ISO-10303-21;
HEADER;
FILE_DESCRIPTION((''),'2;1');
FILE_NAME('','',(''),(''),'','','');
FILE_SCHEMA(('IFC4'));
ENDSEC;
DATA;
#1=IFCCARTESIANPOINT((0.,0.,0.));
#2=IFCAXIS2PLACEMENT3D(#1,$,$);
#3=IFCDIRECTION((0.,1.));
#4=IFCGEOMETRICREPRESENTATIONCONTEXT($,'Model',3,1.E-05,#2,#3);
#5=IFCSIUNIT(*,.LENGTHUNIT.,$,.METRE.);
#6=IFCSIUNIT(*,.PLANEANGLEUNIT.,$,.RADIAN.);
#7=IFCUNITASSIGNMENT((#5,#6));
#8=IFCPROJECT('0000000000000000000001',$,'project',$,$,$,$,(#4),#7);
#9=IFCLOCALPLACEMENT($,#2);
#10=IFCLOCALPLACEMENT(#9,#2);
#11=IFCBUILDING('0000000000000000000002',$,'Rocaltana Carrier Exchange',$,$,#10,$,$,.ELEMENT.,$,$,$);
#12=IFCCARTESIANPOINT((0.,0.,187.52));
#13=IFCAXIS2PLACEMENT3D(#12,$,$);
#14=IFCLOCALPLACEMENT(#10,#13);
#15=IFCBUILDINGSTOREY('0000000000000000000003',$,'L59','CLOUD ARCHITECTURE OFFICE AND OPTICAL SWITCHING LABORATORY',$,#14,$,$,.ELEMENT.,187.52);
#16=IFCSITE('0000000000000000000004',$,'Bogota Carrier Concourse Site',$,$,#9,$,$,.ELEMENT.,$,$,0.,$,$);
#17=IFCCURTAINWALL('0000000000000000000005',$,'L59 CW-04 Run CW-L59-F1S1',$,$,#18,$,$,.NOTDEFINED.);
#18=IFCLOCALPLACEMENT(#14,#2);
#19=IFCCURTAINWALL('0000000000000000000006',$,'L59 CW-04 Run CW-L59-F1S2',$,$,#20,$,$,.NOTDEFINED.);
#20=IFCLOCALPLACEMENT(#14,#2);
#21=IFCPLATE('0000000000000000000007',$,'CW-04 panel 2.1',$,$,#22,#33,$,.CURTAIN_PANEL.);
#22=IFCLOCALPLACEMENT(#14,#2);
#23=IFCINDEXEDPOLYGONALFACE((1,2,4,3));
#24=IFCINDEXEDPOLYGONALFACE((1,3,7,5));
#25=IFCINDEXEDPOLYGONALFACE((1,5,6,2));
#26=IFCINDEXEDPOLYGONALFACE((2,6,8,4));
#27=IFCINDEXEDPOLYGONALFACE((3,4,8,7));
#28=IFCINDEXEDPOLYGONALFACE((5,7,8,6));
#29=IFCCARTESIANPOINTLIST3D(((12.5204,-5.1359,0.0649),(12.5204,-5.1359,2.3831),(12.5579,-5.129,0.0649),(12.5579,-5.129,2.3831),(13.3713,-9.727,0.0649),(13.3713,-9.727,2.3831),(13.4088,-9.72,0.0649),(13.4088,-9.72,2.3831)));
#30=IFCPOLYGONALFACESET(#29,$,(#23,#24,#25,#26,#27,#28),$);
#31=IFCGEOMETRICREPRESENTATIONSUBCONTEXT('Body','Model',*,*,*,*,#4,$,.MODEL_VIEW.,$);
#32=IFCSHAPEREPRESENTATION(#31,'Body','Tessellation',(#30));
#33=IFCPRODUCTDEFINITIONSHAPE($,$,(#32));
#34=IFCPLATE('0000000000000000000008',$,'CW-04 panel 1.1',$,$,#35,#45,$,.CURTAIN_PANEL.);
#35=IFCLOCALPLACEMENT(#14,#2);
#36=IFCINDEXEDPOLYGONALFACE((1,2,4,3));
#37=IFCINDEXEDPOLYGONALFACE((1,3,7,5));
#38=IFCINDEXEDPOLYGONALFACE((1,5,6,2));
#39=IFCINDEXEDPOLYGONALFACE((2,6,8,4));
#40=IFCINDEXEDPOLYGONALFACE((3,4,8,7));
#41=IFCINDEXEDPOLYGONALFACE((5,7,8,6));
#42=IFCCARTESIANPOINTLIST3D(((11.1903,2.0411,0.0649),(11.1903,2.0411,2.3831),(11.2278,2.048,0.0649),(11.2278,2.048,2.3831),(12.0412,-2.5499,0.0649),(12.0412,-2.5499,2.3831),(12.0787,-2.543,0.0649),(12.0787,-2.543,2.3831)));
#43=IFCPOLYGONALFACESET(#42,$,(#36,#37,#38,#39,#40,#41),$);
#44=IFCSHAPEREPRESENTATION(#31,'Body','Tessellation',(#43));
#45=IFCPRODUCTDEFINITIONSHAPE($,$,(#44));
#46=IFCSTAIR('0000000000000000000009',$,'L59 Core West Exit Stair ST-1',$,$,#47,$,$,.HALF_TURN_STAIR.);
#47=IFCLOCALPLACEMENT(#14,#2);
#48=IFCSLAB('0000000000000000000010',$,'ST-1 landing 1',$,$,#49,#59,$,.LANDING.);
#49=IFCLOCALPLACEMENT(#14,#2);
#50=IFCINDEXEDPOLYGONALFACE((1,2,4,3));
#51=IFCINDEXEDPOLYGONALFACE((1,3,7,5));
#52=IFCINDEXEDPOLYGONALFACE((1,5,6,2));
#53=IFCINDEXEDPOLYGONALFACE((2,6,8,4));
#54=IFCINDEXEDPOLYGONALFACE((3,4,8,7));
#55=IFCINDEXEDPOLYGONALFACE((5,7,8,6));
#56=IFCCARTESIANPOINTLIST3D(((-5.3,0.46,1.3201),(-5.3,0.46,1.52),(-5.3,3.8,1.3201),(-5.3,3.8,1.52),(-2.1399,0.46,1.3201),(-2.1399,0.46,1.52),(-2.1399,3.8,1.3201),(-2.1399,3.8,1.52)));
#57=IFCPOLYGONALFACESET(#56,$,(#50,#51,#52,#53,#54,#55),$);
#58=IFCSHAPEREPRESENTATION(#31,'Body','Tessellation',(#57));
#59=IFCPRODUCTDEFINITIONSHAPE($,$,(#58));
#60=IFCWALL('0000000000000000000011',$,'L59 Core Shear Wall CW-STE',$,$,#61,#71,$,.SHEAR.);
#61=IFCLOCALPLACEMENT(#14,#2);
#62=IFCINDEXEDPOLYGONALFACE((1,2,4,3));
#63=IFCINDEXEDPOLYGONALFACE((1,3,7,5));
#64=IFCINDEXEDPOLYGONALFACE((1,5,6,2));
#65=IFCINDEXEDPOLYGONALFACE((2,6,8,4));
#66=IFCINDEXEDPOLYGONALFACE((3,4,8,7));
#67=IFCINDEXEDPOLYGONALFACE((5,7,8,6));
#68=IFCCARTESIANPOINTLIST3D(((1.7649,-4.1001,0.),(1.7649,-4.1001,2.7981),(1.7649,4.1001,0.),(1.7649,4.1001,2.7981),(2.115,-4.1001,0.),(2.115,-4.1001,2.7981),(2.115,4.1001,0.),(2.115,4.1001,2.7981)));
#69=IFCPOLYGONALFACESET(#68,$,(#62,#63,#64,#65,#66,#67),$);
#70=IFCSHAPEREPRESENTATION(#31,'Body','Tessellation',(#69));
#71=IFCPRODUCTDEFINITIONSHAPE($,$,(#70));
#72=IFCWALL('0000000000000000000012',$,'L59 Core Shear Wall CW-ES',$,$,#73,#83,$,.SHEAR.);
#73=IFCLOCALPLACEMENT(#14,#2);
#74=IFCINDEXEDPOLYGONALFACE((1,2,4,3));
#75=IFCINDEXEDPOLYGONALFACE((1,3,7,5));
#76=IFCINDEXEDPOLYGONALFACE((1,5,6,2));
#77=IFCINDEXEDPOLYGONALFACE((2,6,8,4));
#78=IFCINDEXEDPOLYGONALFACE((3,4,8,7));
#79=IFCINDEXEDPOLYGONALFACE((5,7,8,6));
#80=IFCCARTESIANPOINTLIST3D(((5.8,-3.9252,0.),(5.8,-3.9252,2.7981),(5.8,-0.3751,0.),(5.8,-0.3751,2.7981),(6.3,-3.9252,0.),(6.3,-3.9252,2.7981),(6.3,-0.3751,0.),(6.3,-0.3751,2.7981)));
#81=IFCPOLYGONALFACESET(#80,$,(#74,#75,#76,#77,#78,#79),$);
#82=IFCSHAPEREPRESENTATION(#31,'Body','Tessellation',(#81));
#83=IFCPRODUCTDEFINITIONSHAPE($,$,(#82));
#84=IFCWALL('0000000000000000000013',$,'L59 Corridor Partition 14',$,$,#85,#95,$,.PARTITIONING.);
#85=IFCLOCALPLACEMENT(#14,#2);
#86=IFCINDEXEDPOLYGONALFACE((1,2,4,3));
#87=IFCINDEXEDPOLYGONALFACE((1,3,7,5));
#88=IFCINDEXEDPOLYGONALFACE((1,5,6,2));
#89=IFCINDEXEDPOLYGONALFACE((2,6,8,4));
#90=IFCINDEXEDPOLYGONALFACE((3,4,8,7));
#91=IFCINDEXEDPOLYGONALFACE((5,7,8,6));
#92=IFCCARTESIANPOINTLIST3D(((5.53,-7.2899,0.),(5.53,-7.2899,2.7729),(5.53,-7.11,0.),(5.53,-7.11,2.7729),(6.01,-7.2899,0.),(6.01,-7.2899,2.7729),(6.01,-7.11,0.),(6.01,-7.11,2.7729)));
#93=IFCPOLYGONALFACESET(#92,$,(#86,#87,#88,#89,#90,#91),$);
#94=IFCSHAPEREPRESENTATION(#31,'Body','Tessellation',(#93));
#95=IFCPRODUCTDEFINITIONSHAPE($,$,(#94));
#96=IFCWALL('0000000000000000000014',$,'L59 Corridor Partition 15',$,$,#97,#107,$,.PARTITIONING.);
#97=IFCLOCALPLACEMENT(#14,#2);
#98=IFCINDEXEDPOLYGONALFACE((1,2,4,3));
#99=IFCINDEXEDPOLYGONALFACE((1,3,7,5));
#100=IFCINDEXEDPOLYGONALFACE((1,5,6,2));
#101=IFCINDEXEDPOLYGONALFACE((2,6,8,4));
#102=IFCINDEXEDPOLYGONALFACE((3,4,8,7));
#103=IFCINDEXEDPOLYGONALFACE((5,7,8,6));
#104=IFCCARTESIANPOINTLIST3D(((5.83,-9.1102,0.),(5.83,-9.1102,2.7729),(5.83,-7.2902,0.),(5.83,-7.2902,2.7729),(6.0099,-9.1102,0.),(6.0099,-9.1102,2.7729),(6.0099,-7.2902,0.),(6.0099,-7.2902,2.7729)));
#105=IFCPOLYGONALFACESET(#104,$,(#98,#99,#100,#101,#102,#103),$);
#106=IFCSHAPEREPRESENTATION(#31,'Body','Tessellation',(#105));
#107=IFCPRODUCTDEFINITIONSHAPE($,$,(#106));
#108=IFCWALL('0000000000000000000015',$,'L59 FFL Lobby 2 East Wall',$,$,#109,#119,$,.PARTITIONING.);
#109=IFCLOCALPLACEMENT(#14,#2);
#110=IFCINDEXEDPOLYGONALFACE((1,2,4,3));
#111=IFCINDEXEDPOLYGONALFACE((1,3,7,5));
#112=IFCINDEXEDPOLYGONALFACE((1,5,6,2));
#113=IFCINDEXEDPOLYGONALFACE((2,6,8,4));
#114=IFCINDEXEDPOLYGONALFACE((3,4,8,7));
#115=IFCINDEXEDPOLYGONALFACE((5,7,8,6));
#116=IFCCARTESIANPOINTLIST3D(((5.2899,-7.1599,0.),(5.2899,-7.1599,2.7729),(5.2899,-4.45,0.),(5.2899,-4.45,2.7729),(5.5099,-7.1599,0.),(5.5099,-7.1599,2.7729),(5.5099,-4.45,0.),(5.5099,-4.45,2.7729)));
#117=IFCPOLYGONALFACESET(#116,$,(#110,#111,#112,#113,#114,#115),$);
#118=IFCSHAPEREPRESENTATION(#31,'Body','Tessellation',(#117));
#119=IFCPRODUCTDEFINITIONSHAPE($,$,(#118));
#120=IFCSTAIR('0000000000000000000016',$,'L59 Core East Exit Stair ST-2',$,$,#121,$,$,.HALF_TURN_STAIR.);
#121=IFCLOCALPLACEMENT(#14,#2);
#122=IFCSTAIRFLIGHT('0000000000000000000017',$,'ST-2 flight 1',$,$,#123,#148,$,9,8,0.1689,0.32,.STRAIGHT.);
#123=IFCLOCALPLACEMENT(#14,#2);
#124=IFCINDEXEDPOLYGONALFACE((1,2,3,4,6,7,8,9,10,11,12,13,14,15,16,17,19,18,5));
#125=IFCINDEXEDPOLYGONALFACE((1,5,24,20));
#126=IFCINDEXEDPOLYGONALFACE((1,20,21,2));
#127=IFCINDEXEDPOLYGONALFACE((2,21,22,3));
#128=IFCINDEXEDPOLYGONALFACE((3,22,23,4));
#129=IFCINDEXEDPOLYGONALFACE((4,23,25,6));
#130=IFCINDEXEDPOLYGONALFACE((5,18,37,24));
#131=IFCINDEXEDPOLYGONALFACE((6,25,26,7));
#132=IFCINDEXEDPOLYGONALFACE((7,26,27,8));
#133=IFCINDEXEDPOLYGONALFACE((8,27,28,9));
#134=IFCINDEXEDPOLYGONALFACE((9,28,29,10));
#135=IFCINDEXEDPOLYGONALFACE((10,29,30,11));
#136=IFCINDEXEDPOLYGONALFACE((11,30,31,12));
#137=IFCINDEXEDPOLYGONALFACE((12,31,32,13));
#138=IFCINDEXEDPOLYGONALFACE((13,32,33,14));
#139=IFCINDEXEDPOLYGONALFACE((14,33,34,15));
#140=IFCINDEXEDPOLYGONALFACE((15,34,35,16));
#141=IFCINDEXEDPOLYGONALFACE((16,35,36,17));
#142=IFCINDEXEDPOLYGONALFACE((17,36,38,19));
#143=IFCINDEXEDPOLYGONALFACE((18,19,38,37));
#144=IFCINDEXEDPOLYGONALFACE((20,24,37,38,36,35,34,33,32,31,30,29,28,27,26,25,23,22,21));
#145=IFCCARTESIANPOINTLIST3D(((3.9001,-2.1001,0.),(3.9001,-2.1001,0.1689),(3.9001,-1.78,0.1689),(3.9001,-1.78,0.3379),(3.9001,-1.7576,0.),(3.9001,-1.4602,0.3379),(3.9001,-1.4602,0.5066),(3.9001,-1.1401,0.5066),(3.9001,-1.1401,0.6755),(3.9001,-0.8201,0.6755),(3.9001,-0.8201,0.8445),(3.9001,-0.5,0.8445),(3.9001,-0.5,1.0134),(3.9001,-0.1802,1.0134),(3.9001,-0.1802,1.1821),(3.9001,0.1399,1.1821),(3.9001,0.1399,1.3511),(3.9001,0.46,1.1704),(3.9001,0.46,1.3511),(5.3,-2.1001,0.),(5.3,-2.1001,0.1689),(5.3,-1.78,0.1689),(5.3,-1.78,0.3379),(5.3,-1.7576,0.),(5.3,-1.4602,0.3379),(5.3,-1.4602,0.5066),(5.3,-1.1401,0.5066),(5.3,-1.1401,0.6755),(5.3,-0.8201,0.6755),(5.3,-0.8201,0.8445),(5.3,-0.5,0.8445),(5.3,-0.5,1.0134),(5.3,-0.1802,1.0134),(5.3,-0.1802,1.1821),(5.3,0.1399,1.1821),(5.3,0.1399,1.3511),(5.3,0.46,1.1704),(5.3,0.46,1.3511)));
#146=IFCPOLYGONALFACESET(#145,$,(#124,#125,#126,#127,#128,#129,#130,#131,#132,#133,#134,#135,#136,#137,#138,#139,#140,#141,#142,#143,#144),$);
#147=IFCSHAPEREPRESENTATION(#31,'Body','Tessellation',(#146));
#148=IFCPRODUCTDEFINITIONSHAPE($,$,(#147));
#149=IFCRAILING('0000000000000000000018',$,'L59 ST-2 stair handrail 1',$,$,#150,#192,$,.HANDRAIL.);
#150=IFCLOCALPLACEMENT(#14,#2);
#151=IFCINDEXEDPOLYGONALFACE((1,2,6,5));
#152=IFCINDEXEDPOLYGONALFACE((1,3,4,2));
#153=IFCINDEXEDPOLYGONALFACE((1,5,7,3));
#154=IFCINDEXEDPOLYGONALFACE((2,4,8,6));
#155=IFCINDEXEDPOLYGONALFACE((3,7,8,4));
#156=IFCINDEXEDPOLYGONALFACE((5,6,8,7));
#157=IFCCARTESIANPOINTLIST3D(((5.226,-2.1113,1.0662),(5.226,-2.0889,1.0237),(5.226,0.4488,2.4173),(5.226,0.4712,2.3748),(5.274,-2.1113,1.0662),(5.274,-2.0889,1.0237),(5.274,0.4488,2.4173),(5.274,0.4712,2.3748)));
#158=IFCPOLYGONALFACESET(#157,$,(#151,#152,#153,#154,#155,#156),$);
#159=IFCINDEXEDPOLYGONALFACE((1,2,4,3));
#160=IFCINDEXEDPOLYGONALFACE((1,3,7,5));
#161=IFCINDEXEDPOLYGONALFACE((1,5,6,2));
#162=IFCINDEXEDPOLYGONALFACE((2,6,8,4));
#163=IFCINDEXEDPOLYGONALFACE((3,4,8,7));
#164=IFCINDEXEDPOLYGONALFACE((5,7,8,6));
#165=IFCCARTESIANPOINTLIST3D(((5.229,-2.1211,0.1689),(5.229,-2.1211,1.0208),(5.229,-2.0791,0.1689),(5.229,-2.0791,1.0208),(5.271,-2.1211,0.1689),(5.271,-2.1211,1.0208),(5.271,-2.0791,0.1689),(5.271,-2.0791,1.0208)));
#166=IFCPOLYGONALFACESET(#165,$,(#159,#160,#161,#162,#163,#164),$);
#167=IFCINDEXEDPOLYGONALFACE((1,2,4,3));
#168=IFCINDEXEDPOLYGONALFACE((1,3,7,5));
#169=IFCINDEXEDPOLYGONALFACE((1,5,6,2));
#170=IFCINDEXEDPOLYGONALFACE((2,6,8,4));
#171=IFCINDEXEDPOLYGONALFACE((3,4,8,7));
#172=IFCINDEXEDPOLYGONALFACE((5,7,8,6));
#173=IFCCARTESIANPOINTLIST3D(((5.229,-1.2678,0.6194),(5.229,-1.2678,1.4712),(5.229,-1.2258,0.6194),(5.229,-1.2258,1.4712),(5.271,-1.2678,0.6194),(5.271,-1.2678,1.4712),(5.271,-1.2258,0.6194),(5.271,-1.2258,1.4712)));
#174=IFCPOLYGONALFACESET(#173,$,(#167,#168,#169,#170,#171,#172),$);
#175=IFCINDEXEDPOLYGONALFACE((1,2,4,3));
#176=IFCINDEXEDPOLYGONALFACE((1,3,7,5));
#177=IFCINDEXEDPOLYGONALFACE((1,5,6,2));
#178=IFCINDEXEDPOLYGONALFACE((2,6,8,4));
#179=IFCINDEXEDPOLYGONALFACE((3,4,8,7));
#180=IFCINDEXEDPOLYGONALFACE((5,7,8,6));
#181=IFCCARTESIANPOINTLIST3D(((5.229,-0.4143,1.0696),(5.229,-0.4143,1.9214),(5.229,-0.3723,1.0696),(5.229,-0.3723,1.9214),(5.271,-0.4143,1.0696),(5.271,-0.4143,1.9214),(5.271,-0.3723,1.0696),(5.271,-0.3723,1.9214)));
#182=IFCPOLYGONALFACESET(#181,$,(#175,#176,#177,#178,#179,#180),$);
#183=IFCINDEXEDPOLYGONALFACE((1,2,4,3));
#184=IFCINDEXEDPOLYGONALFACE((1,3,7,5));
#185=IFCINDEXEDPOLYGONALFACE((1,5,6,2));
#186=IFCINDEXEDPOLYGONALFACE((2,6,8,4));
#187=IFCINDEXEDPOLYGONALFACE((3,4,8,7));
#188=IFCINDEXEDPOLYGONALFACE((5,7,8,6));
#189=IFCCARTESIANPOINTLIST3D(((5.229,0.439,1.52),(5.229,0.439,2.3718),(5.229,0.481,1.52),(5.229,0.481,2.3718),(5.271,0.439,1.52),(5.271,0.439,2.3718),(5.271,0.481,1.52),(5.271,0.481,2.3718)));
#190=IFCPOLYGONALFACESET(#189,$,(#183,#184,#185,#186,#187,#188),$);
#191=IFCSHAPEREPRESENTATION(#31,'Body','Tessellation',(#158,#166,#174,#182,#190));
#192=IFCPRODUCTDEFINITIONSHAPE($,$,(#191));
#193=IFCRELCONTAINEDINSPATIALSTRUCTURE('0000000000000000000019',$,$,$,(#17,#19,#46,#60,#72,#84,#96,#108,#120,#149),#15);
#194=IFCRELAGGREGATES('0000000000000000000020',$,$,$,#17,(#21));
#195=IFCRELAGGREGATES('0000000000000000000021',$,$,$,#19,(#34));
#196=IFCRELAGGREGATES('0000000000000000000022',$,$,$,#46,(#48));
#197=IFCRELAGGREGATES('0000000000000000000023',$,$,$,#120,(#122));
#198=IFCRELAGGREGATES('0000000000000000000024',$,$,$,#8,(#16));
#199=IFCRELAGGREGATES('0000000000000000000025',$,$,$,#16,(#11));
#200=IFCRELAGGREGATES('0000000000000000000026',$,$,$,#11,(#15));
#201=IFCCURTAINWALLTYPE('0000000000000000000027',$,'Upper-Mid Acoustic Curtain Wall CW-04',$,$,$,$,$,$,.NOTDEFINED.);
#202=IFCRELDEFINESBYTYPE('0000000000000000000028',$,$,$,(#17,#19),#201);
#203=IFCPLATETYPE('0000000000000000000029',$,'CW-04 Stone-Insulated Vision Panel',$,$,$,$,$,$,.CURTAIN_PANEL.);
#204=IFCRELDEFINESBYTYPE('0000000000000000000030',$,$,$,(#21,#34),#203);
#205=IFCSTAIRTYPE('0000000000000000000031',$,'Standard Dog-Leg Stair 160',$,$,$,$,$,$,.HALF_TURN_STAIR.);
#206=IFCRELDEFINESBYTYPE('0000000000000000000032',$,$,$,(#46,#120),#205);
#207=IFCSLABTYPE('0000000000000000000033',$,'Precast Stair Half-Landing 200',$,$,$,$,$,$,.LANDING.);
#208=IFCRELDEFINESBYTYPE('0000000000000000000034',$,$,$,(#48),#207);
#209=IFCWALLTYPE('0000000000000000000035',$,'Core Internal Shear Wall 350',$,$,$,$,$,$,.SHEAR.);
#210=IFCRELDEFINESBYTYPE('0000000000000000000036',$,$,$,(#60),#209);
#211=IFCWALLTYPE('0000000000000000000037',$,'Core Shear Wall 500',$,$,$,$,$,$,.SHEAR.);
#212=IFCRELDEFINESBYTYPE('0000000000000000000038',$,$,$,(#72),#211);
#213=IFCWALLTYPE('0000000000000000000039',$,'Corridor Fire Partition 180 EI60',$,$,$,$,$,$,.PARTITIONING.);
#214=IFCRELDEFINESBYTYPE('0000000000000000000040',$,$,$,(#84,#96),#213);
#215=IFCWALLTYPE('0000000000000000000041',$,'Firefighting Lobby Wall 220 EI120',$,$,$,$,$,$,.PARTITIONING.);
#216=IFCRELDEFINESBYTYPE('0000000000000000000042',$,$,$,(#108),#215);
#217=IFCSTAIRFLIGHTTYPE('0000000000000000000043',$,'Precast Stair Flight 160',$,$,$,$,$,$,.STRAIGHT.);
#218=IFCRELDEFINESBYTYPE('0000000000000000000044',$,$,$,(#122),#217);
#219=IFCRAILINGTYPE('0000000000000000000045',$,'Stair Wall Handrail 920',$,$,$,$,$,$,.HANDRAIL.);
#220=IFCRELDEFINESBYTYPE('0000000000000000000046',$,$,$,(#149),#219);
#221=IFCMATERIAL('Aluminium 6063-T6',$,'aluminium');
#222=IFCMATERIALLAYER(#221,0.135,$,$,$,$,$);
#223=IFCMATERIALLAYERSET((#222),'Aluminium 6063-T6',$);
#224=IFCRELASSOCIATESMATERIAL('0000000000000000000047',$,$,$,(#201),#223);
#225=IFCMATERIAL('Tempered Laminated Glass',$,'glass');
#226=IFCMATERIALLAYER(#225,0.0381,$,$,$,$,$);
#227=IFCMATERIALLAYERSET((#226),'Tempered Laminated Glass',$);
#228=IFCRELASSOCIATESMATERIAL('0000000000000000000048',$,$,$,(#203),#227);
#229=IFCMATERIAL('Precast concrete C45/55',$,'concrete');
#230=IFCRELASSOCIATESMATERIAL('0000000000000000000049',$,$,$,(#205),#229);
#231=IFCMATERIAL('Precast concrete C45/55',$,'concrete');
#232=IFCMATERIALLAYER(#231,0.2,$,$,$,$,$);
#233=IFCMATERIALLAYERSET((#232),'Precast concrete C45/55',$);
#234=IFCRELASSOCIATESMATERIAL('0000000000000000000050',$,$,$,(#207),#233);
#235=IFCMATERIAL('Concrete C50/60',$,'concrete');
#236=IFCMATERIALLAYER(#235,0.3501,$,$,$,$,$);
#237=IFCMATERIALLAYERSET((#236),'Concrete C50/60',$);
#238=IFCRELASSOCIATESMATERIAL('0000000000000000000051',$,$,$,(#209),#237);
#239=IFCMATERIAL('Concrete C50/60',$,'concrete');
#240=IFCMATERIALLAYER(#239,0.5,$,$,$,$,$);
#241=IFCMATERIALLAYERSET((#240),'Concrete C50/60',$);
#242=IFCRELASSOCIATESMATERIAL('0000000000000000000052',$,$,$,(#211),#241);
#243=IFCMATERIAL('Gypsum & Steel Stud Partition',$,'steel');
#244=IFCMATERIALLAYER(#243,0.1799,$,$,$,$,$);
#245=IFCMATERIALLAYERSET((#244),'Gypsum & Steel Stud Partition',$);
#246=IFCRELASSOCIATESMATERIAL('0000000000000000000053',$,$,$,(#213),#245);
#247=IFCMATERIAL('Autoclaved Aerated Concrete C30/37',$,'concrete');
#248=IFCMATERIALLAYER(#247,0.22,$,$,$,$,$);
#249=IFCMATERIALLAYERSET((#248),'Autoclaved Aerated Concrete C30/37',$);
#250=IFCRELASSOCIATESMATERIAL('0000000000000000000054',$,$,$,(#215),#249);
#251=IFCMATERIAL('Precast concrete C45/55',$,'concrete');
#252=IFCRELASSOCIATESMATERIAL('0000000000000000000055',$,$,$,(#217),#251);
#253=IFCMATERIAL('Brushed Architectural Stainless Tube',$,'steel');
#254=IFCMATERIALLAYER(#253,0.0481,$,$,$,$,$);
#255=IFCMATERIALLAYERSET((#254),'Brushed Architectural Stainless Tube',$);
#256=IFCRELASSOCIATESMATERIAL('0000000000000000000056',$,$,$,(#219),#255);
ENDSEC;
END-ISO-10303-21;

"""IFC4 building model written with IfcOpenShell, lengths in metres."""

from ifc_helpers import new_model, si_unit, direction, frame, frame_2d, origin, origin_2d, place, context, subcontext, project, spatial, polyline, rectangle, outline, extrude, material, layer, layer_set, type_object, element, aggregate, save


model = new_model("IFC4")

# Units and contexts
model_context = context("Model", 3, precision=1e-05, world=origin(), true_north=direction((0.0, 1.0)))
body_context = subcontext(model_context, "Body", "Model", "MODEL_VIEW")
ifc_project = project(units=[si_unit("LENGTHUNIT", "METRE"), si_unit("PLANEANGLEUNIT", "RADIAN")], contexts=[model_context])

# Site, building, storey
site_placement = place(None, origin())
site = spatial("IfcSite", under=ifc_project, at=site_placement, Name="Bogota Carrier Concourse Site", CompositionType="ELEMENT", RefElevation=0.0)
building_placement = place(site_placement, origin())
building = spatial("IfcBuilding", under=site, at=building_placement, Name="Rocaltana Carrier Exchange", CompositionType="ELEMENT")
storey_placement = place(building_placement, frame((0.0, 0.0, 187.52)))
storey = spatial("IfcBuildingStorey", under=building, at=storey_placement, Name="L59", Description="CLOUD ARCHITECTURE OFFICE AND OPTICAL SWITCHING LABORATORY", CompositionType="ELEMENT", Elevation=187.52)

# Curtain wall
ifc_material_1 = material(Name="Aluminium 6063-T6", Category="aluminium")
ifc_layer_1 = layer(ifc_material_1, 0.135)
ifc_layer_set_1 = layer_set([ifc_layer_1], Name="Aluminium 6063-T6")
curtain_wall_type = type_object("IfcCurtainWallType", Name="Upper-Mid Acoustic Curtain Wall CW-04", PredefinedType="NOTDEFINED", material=ifc_layer_set_1)
curtain_wall_1_placement = place(storey_placement, origin())
curtain_wall_1 = element("IfcCurtainWall", 1, at=curtain_wall_1_placement, inside=storey, type_object=curtain_wall_type, Name="L59 CW-04 Run CW-L59-F1S1", PredefinedType="NOTDEFINED")

# Curtain wall
curtain_wall_2_placement = place(storey_placement, origin())
curtain_wall_2 = element("IfcCurtainWall", 2, at=curtain_wall_2_placement, inside=storey, type_object=curtain_wall_type, Name="L59 CW-04 Run CW-L59-F1S2", PredefinedType="NOTDEFINED")

# Plates
ifc_material_2 = material(Name="Tempered Laminated Glass", Category="glass")
ifc_layer_2 = layer(ifc_material_2, 0.0381)
ifc_layer_set_2 = layer_set([ifc_layer_2], Name="Tempered Laminated Glass")
plate_type = type_object("IfcPlateType", Name="CW-04 Stone-Insulated Vision Panel", PredefinedType="CURTAIN_PANEL", material=ifc_layer_set_2)
plate_1_placement = place(storey_placement, frame((12.9646, -7.428, 0.0649), z_axis=(0.0, 0.0, 1.0), x_axis=(-0.182234, 0.983255, 0.0)))
plate_1 = element("IfcPlate", 3, at=plate_1_placement, type_object=plate_type, Name="CW-04 panel 2.1", PredefinedType="CURTAIN_PANEL", context=body_context, shape_type="SweptSolid", body=[
    extrude(rectangle(XDim=4.6692, YDim=0.0381, at=origin_2d()), origin(), (0.0, 0.0, 1.0), 2.3181),
])
aggregate(curtain_wall_1, [plate_1])
plate_2_placement = place(storey_placement, frame((11.6345, -0.251, 0.0649), z_axis=(0.0, 0.0, 1.0), x_axis=(-0.182236, 0.983255, 0.0)))
plate_2 = element("IfcPlate", 4, at=plate_2_placement, type_object=plate_type, Name="CW-04 panel 1.1", PredefinedType="CURTAIN_PANEL", context=body_context, shape_type="SweptSolid", body=[
    extrude(rectangle(XDim=4.6692, YDim=0.0381, at=origin_2d()), origin(), (0.0, 0.0, 1.0), 2.3181),
])
aggregate(curtain_wall_2, [plate_2])

# Stair, slab
ifc_material_3 = material(Name="Precast concrete C45/55", Category="concrete")
stair_type = type_object("IfcStairType", Name="Standard Dog-Leg Stair 160", PredefinedType="HALF_TURN_STAIR", material=ifc_material_3)
stair_1_placement = place(storey_placement, origin())
stair_1 = element("IfcStair", 5, at=stair_1_placement, inside=storey, type_object=stair_type, Name="L59 Core West Exit Stair ST-1", PredefinedType="HALF_TURN_STAIR")
ifc_material_4 = material(Name="Precast concrete C45/55", Category="concrete")
ifc_layer_3 = layer(ifc_material_4, 0.2)
ifc_layer_set_3 = layer_set([ifc_layer_3], Name="Precast concrete C45/55")
slab_type = type_object("IfcSlabType", Name="Precast Stair Half-Landing 200", PredefinedType="LANDING", material=ifc_layer_set_3)
slab_placement = place(storey_placement, frame((0.0, 0.0, 1.3201)))
slab = element("IfcSlab", 6, at=slab_placement, type_object=slab_type, Name="ST-1 landing 1", PredefinedType="LANDING", context=body_context, shape_type="SweptSolid", body=[
    extrude(outline(polyline([(-2.1399, 0.46), (-2.1399, 3.8), (-5.3, 3.8), (-5.3, 0.46), (-2.1399, 0.46)])), origin(), (0.0, 0.0, 1.0), 0.2),
])
aggregate(stair_1, [slab])

# Walls
ifc_material_5 = material(Name="Concrete C50/60", Category="concrete")
ifc_layer_4 = layer(ifc_material_5, 0.3501)
ifc_layer_set_4 = layer_set([ifc_layer_4], Name="Concrete C50/60")
wall_type_1 = type_object("IfcWallType", Name="Core Internal Shear Wall 350", PredefinedType="SHEAR", material=ifc_layer_set_4)
wall_1_placement = place(storey_placement, frame((1.9399, -4.1001, 0.0), z_axis=(0.0, 0.0, 1.0), x_axis=(0.0, 1.0, 0.0)))
element("IfcWall", 7, at=wall_1_placement, inside=storey, type_object=wall_type_1, Name="L59 Core Shear Wall CW-STE", PredefinedType="SHEAR", context=body_context, shape_type="SweptSolid", body=[
    extrude(rectangle(XDim=8.2002, YDim=0.3501, at=frame_2d((4.1001, 0.0))), origin(), (0.0, 0.0, 1.0), 2.7981),
])
ifc_material_6 = material(Name="Concrete C50/60", Category="concrete")
ifc_layer_5 = layer(ifc_material_6, 0.5)
ifc_layer_set_5 = layer_set([ifc_layer_5], Name="Concrete C50/60")
wall_type_2 = type_object("IfcWallType", Name="Core Shear Wall 500", PredefinedType="SHEAR", material=ifc_layer_set_5)
wall_2_placement = place(storey_placement, frame((6.05, -3.925, 0.0), z_axis=(0.0, 0.0, 1.0), x_axis=(0.0, 1.0, 0.0)))
element("IfcWall", 8, at=wall_2_placement, inside=storey, type_object=wall_type_2, Name="L59 Core Shear Wall CW-ES", PredefinedType="SHEAR", context=body_context, shape_type="SweptSolid", body=[
    extrude(rectangle(XDim=3.55, YDim=0.5, at=frame_2d((1.7749, 0.0))), origin(), (0.0, 0.0, 1.0), 2.7981),
])
ifc_material_7 = material(Name="Gypsum & Steel Stud Partition", Category="steel")
ifc_layer_6 = layer(ifc_material_7, 0.1799)
ifc_layer_set_6 = layer_set([ifc_layer_6], Name="Gypsum & Steel Stud Partition")
wall_type_3 = type_object("IfcWallType", Name="Corridor Fire Partition 180 EI60", PredefinedType="PARTITIONING", material=ifc_layer_set_6)
wall_3_placement = place(storey_placement, frame((5.53, -7.2, 0.0), z_axis=(0.0, 0.0, 1.0), x_axis=(1.0, 0.0, 0.0)))
element("IfcWall", 9, at=wall_3_placement, inside=storey, type_object=wall_type_3, Name="L59 Corridor Partition 14", PredefinedType="PARTITIONING", context=body_context, shape_type="SweptSolid", body=[
    extrude(rectangle(XDim=0.48, YDim=0.1799, at=frame_2d((0.24, 0.0))), origin(), (0.0, 0.0, 1.0), 2.7729),
])
wall_4_placement = place(storey_placement, frame((5.9199, -7.29, 0.0), z_axis=(0.0, 0.0, 1.0), x_axis=(0.0, -1.0, 0.0)))
element("IfcWall", 10, at=wall_4_placement, inside=storey, type_object=wall_type_3, Name="L59 Corridor Partition 15", PredefinedType="PARTITIONING", context=body_context, shape_type="SweptSolid", body=[
    extrude(rectangle(XDim=1.8201, YDim=0.1799, at=frame_2d((0.9102, 0.0))), origin(), (0.0, 0.0, 1.0), 2.7729),
])
ifc_material_8 = material(Name="Autoclaved Aerated Concrete C30/37", Category="concrete")
ifc_layer_7 = layer(ifc_material_8, 0.22)
ifc_layer_set_7 = layer_set([ifc_layer_7], Name="Autoclaved Aerated Concrete C30/37")
wall_type_4 = type_object("IfcWallType", Name="Firefighting Lobby Wall 220 EI120", PredefinedType="PARTITIONING", material=ifc_layer_set_7)
wall_5_placement = place(storey_placement, frame((5.3999, -7.1599, 0.0), z_axis=(0.0, 0.0, 1.0), x_axis=(0.0, 1.0, 0.0)))
element("IfcWall", 11, at=wall_5_placement, inside=storey, type_object=wall_type_4, Name="L59 FFL Lobby 2 East Wall", PredefinedType="PARTITIONING", context=body_context, shape_type="SweptSolid", body=[
    extrude(rectangle(XDim=2.71, YDim=0.22, at=frame_2d((1.355, 0.0))), origin(), (0.0, 0.0, 1.0), 2.7729),
])

# Stair, stair flight
stair_2_placement = place(storey_placement, origin())
stair_2 = element("IfcStair", 12, at=stair_2_placement, inside=storey, type_object=stair_type, Name="L59 Core East Exit Stair ST-2", PredefinedType="HALF_TURN_STAIR")
ifc_material_9 = material(Name="Precast concrete C45/55", Category="concrete")
stair_flight_type = type_object("IfcStairFlightType", Name="Precast Stair Flight 160", PredefinedType="STRAIGHT", material=ifc_material_9)
stair_flight_placement = place(storey_placement, frame((4.6001, -2.1001, 0.0), z_axis=(0.0, 0.0, 1.0), x_axis=(0.0, 1.0, 0.0)))
stair_flight = element("IfcStairFlight", 13, at=stair_flight_placement, type_object=stair_flight_type, Name="ST-2 flight 1", NumberOfRisers=9, NumberOfTreads=8, PredefinedType="STRAIGHT", RiserHeight=0.1689, TreadLength=0.32, context=body_context, shape_type="SweptSolid", body=[
    extrude(outline(polyline([(0.0, 0.0), (0.0, 0.1689), (0.3201, 0.1689), (0.3201, 0.3379), (0.6399, 0.3379), (0.6399, 0.5066), (0.96, 0.5066), (0.96, 0.6755), (1.28, 0.6755), (1.28, 0.8445), (1.6001, 0.8445), (1.6001, 1.0134), (1.9199, 1.0134), (1.9199, 1.1821), (2.24, 1.1821), (2.24, 1.3511), (2.5601, 1.3511), (2.5601, 1.52), (2.5601, 1.1704), (0.3425, 0.0), (0.0, 0.0)])), frame((0.0, 0.7, 0.0), z_axis=(0.0, -1.0, 0.0), x_axis=(1.0, 0.0, 0.0)), (0.0, 0.0, 1.0), 1.3999),
])
aggregate(stair_2, [stair_flight])

# Railing
ifc_material_10 = material(Name="Brushed Architectural Stainless Tube", Category="steel")
ifc_layer_8 = layer(ifc_material_10, 0.0481)
ifc_layer_set_8 = layer_set([ifc_layer_8], Name="Brushed Architectural Stainless Tube")
railing_type_1 = type_object("IfcRailingType", Name="Stair Wall Handrail 920", PredefinedType="HANDRAIL", material=ifc_layer_set_8)
railing_1_placement = place(storey_placement, frame((5.25, -2.1001, 0.1689)))
element("IfcRailing", 14, at=railing_1_placement, inside=storey, type_object=railing_type_1, Name="L59 ST-2 stair handrail 1", PredefinedType="HANDRAIL", context=body_context, shape_type="SweptSolid", body=[
    extrude(rectangle(XDim=0.0481, YDim=0.0481, at=origin_2d()), frame((0.0, 0.0, 0.876), z_axis=(0.0, 0.884394, 0.46674), x_axis=(-1.0, 0.0, 0.0)), (0.0, 0.0, 1.0), 2.8948),
    extrude(rectangle(XDim=0.042, YDim=0.042, at=origin_2d()), origin(), (0.0, 0.0, 1.0), 0.8518),
    extrude(rectangle(XDim=0.042, YDim=0.042, at=origin_2d()), frame((0.0, 0.8533, 0.4504)), (0.0, 0.0, 1.0), 0.8518),
    extrude(rectangle(XDim=0.042, YDim=0.042, at=origin_2d()), frame((0.0, 1.7068, 0.9006)), (0.0, 0.0, 1.0), 0.8518),
    extrude(rectangle(XDim=0.042, YDim=0.042, at=origin_2d()), frame((0.0, 2.5601, 1.3511)), (0.0, 0.0, 1.0), 0.8518),
])

save(model, "model.ifc")
